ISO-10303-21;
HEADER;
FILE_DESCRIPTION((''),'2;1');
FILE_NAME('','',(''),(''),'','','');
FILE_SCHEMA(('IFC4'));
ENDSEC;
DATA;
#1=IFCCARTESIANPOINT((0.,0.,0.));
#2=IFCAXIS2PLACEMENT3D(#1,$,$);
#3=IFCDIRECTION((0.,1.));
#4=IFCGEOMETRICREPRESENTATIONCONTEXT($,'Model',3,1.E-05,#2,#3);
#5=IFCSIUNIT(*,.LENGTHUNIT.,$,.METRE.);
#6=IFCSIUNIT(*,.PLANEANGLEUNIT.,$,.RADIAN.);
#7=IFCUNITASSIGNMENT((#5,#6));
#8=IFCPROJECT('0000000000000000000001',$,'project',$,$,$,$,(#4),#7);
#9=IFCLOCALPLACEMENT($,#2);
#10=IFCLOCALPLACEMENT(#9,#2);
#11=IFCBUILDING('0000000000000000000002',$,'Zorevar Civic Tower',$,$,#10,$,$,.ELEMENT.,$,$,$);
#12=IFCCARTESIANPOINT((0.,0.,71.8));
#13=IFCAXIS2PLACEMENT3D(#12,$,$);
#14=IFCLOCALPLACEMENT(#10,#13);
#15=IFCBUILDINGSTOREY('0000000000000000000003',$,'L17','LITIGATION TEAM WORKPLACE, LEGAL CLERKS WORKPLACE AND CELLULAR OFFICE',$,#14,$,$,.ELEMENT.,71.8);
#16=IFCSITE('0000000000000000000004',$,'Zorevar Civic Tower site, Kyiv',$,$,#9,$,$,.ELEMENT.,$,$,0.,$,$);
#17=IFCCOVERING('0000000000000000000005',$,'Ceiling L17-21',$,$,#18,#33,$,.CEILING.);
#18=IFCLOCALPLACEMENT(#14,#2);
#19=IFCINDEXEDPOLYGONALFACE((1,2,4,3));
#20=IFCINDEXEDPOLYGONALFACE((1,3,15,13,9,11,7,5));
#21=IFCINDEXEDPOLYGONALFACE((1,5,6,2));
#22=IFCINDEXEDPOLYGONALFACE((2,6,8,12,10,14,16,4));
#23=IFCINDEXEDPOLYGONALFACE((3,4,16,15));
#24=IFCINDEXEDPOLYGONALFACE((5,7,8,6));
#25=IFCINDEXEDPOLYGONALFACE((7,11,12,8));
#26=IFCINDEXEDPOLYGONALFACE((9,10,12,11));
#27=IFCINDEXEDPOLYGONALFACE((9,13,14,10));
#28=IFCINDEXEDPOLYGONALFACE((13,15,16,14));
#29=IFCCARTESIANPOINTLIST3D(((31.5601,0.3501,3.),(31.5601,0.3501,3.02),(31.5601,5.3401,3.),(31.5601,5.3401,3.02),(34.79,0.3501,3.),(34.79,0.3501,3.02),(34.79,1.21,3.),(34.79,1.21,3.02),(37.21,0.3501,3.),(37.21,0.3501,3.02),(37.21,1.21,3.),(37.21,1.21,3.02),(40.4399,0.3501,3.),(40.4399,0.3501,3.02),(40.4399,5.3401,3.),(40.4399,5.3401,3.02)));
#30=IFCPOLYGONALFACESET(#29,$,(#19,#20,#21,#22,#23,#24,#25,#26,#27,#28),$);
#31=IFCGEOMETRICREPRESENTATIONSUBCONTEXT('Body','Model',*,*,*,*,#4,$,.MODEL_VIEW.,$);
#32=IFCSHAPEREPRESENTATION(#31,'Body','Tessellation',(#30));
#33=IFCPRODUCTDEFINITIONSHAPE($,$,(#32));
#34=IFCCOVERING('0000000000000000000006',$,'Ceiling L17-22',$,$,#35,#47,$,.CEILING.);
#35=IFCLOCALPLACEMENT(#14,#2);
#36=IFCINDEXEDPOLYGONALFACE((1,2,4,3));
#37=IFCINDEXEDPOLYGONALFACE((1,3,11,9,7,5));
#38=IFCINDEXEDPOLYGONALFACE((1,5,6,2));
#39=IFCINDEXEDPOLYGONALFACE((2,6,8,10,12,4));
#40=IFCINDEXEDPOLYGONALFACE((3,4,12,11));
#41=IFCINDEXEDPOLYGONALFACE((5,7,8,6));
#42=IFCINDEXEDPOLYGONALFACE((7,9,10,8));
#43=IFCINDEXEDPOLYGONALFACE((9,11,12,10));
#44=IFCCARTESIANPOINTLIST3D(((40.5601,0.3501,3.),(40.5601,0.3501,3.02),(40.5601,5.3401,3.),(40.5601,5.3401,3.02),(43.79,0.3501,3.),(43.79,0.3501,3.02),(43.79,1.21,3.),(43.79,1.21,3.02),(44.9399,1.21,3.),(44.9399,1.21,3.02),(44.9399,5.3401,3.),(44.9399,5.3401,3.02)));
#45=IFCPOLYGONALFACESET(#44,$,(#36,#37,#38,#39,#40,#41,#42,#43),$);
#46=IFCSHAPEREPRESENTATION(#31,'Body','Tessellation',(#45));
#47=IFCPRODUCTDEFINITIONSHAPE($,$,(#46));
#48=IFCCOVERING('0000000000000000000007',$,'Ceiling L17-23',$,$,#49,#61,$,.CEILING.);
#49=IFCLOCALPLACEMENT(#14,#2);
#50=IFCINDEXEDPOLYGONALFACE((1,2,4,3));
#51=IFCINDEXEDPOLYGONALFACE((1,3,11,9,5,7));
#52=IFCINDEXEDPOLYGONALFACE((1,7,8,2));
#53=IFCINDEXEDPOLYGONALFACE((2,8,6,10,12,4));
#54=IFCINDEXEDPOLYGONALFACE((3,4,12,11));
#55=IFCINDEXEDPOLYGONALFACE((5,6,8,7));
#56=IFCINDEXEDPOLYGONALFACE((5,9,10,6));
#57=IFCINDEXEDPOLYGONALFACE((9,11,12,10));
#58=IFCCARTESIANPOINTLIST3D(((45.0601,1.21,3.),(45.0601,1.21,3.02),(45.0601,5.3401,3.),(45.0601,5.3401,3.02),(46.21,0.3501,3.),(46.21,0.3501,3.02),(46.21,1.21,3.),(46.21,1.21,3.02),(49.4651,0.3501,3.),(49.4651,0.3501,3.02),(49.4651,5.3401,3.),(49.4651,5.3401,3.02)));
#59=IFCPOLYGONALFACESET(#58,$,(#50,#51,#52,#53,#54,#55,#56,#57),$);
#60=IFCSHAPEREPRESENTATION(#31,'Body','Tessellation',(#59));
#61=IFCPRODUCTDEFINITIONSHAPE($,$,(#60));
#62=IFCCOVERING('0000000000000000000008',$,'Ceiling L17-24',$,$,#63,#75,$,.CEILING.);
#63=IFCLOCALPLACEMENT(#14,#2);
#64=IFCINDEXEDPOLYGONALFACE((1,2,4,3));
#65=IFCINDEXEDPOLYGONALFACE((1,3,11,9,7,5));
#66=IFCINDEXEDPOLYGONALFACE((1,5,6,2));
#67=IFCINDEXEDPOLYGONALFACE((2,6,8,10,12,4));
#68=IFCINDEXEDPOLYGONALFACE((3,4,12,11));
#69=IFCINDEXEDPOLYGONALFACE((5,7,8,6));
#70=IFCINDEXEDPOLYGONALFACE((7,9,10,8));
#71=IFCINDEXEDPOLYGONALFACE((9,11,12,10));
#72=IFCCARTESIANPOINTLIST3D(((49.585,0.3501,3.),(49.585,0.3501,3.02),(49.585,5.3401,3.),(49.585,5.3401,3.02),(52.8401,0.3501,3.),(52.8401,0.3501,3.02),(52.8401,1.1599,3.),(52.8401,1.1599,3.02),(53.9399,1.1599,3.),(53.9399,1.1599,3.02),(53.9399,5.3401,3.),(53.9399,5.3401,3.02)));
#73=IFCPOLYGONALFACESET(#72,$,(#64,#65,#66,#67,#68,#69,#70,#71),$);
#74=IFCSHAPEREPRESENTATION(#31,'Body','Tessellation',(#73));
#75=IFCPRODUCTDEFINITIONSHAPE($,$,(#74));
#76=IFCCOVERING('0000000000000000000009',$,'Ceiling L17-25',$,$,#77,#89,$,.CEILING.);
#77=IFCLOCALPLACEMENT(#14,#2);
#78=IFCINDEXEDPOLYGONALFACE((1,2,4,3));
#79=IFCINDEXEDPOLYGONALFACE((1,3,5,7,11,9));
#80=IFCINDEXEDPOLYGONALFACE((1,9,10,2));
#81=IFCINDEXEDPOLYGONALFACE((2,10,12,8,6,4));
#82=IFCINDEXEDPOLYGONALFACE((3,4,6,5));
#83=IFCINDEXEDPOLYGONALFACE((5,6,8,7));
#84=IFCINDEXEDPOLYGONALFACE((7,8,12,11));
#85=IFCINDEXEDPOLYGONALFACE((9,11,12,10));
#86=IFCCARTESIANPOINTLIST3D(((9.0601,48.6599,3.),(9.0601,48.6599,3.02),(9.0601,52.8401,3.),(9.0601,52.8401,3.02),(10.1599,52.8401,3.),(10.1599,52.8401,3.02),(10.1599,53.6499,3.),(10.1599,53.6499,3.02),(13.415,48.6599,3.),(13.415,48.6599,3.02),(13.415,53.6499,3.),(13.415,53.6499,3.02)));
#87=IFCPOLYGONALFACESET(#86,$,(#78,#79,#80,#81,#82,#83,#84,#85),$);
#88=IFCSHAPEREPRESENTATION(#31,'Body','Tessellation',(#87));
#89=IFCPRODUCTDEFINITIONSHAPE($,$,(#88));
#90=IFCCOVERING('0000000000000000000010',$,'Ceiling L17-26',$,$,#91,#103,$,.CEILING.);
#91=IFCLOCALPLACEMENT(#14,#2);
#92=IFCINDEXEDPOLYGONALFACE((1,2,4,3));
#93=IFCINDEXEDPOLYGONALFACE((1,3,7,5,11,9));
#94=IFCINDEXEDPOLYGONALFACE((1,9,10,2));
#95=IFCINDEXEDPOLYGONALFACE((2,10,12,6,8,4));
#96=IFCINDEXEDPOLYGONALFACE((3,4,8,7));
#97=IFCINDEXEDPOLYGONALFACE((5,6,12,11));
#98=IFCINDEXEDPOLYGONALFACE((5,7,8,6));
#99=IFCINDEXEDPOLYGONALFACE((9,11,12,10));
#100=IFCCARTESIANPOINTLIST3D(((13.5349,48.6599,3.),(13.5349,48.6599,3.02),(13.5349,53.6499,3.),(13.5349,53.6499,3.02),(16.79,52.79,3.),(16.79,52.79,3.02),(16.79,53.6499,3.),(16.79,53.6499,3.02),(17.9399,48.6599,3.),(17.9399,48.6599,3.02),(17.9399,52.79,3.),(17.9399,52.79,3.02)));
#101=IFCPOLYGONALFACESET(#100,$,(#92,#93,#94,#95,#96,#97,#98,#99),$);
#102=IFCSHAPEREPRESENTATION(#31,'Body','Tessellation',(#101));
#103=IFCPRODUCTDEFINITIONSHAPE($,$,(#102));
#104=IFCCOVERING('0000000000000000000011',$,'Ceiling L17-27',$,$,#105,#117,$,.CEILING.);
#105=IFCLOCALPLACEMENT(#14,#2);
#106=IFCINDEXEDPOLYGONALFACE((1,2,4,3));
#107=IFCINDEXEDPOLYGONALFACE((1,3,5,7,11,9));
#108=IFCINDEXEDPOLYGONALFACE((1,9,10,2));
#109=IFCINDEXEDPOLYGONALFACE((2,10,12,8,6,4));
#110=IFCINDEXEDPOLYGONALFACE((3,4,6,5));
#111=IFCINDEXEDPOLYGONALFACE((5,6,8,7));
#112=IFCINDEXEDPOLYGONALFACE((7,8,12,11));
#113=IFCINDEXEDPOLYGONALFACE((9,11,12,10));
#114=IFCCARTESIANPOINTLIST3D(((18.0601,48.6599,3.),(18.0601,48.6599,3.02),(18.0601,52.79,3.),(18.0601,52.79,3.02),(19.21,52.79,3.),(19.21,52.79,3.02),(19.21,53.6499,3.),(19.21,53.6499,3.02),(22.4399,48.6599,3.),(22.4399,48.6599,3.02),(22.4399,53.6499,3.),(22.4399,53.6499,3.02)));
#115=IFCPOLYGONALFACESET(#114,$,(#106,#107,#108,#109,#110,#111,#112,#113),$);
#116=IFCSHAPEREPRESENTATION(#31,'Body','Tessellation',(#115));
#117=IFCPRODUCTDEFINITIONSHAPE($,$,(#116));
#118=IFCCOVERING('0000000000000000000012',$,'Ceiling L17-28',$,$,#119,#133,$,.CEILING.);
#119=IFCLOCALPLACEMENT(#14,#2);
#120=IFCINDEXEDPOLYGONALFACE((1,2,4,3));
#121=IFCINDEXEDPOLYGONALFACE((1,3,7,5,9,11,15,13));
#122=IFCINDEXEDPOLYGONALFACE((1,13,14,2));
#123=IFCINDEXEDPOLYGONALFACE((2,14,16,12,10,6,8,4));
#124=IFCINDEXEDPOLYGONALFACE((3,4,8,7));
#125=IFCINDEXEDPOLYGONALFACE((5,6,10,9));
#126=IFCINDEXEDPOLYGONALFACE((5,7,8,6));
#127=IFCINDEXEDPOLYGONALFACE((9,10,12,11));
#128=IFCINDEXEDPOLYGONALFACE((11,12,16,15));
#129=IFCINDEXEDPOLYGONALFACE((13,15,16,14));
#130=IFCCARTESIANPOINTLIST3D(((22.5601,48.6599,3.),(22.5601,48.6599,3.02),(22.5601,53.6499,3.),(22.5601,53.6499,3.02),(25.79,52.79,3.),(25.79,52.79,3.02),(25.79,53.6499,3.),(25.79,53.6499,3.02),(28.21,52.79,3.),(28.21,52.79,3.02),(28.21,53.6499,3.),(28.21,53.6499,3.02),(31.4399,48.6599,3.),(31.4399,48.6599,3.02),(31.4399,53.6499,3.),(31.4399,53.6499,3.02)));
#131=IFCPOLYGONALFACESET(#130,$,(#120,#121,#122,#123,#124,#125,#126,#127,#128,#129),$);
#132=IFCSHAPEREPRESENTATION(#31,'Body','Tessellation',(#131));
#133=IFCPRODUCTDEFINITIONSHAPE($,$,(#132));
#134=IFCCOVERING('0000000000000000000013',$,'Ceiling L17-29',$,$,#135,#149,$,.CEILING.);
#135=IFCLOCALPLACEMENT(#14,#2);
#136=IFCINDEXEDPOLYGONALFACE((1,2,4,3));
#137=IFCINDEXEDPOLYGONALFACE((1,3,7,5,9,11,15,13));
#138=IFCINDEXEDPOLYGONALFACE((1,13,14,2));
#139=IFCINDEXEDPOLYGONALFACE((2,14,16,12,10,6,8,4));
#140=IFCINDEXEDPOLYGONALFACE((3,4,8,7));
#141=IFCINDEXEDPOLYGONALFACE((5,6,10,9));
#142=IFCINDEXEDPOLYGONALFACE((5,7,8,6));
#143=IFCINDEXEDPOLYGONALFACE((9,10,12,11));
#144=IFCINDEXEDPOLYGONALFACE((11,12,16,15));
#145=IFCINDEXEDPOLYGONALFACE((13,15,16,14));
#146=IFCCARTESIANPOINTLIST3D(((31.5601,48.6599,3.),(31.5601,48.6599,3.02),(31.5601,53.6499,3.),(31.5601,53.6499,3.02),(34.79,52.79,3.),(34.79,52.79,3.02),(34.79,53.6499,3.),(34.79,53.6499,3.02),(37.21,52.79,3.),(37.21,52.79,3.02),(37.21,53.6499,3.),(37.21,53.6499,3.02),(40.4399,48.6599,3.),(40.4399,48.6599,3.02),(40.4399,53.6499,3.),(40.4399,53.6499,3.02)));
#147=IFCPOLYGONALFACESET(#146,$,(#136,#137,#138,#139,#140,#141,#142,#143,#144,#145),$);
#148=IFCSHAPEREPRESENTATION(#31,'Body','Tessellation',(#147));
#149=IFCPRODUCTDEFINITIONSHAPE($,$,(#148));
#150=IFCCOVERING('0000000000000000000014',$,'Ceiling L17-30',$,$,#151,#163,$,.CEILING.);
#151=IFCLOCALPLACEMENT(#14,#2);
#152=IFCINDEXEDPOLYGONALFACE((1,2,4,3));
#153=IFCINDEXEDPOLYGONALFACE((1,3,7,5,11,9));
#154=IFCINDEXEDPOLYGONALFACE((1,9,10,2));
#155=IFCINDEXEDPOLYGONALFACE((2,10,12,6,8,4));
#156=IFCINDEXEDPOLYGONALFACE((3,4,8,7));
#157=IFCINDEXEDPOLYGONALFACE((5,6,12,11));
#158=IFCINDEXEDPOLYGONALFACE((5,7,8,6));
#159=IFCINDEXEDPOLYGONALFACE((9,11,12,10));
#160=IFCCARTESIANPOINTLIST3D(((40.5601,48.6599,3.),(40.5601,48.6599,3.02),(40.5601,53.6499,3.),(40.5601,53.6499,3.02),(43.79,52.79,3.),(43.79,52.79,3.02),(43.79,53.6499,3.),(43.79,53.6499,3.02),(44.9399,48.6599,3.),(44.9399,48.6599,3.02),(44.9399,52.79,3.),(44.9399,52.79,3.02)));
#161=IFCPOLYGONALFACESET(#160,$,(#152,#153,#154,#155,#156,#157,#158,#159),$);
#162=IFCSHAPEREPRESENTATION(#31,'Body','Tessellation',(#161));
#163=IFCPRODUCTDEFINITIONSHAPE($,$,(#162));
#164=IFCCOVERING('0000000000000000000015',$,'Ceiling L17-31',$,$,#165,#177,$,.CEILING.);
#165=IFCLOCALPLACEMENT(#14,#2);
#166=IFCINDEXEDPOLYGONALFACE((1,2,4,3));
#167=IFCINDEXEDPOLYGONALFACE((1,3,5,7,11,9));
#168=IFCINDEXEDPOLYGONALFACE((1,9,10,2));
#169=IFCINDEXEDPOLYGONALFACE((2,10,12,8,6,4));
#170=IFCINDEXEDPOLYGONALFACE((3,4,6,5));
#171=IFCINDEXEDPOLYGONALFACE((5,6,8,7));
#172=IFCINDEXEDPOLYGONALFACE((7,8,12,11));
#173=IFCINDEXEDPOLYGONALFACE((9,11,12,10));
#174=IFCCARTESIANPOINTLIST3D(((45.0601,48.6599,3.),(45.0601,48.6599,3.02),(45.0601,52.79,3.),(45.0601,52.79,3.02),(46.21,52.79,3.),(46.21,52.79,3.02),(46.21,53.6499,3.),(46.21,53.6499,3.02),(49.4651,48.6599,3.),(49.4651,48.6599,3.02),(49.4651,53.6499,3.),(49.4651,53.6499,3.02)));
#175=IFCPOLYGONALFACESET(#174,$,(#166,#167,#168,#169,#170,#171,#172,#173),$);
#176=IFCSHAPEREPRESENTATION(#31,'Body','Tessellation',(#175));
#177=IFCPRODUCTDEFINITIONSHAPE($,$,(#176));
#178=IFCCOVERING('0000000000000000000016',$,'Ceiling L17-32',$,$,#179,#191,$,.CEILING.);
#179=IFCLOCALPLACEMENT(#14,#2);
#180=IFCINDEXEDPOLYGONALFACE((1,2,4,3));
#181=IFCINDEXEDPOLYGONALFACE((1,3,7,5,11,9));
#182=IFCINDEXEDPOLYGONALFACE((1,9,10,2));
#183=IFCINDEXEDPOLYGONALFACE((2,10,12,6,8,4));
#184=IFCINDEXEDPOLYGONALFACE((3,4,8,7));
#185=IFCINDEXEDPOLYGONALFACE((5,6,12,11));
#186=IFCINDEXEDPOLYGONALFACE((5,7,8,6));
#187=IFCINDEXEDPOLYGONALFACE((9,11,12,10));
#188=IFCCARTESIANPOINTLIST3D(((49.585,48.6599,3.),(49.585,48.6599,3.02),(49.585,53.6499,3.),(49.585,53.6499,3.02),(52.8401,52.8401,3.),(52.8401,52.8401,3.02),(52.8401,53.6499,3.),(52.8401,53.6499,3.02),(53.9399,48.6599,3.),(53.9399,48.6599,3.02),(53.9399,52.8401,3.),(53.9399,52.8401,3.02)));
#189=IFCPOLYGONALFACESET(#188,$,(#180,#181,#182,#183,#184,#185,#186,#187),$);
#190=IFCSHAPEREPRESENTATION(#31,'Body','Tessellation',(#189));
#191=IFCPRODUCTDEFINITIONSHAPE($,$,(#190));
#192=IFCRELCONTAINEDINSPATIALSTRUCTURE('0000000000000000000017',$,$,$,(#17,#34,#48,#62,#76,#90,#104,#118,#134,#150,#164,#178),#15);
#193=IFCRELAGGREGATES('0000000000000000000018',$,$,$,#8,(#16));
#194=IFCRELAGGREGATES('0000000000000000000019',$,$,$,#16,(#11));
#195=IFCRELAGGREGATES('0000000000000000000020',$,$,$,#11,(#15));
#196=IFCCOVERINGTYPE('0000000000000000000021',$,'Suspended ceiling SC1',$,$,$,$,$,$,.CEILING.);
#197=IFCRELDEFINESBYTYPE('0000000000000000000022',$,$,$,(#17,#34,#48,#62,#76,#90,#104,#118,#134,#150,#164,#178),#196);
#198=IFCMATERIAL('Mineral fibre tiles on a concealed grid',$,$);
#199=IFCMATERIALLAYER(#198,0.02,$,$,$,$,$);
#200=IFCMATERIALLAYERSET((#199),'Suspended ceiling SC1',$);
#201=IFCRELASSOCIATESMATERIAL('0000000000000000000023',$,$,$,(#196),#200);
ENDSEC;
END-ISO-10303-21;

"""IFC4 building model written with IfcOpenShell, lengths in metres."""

from ifc_helpers import new_model, si_unit, direction, frame, origin, place, context, subcontext, project, spatial, polyline, outline, extrude, material, layer, layer_set, type_object, element, save


model = new_model("IFC4")

# Units and contexts
model_context = context("Model", 3, precision=1e-05, world=origin(), true_north=direction((0.0, 1.0)))
body_context = subcontext(model_context, "Body", "Model", "MODEL_VIEW")
ifc_project = project(units=[si_unit("LENGTHUNIT", "METRE"), si_unit("PLANEANGLEUNIT", "RADIAN")], contexts=[model_context])

# Site, building, storey
site_placement = place(None, origin())
site = spatial("IfcSite", under=ifc_project, at=site_placement, Name="Zorevar Civic Tower site, Kyiv", CompositionType="ELEMENT", RefElevation=0.0)
building_placement = place(site_placement, origin())
building = spatial("IfcBuilding", under=site, at=building_placement, Name="Zorevar Civic Tower", CompositionType="ELEMENT")
storey_placement = place(building_placement, frame((0.0, 0.0, 71.8)))
storey = spatial("IfcBuildingStorey", under=building, at=storey_placement, Name="L17", Description="LITIGATION TEAM WORKPLACE, LEGAL CLERKS WORKPLACE AND CELLULAR OFFICE", CompositionType="ELEMENT", Elevation=71.8)

# Coverings
ifc_material_1 = material(Name="Mineral fibre tiles on a concealed grid")
ifc_layer_1 = layer(ifc_material_1, 0.02)
ifc_layer_set_1 = layer_set([ifc_layer_1], Name="Suspended ceiling SC1")
covering_type_1 = type_object("IfcCoveringType", Name="Suspended ceiling SC1", PredefinedType="CEILING", material=ifc_layer_set_1)
covering_1_placement = place(storey_placement, frame((0.0, 0.0, 3.0)))
element("IfcCovering", 1, at=covering_1_placement, inside=storey, type_object=covering_type_1, Name="Ceiling L17-21", PredefinedType="CEILING", context=body_context, shape_type="SweptSolid", body=[
    extrude(outline(polyline([(40.4399, 5.3401), (40.4399, 0.3501), (37.21, 0.3501), (37.21, 1.21), (34.79, 1.21), (34.79, 0.3501), (31.5601, 0.3501), (31.5601, 5.3401), (40.4399, 5.3401)])), origin(), (0.0, 0.0, 1.0), 0.02),
])
covering_2_placement = place(storey_placement, frame((0.0, 0.0, 3.0)))
element("IfcCovering", 2, at=covering_2_placement, inside=storey, type_object=covering_type_1, Name="Ceiling L17-22", PredefinedType="CEILING", context=body_context, shape_type="SweptSolid", body=[
    extrude(outline(polyline([(44.9399, 5.3401), (44.9399, 1.21), (43.79, 1.21), (43.79, 0.3501), (40.5601, 0.3501), (40.5601, 5.3401), (44.9399, 5.3401)])), origin(), (0.0, 0.0, 1.0), 0.02),
])
covering_3_placement = place(storey_placement, frame((0.0, 0.0, 3.0)))
element("IfcCovering", 3, at=covering_3_placement, inside=storey, type_object=covering_type_1, Name="Ceiling L17-23", PredefinedType="CEILING", context=body_context, shape_type="SweptSolid", body=[
    extrude(outline(polyline([(49.4651, 5.3401), (49.4651, 0.3501), (46.21, 0.3501), (46.21, 1.21), (45.0601, 1.21), (45.0601, 5.3401), (49.4651, 5.3401)])), origin(), (0.0, 0.0, 1.0), 0.02),
])
covering_4_placement = place(storey_placement, frame((0.0, 0.0, 3.0)))
element("IfcCovering", 4, at=covering_4_placement, inside=storey, type_object=covering_type_1, Name="Ceiling L17-24", PredefinedType="CEILING", context=body_context, shape_type="SweptSolid", body=[
    extrude(outline(polyline([(53.9399, 5.3401), (53.9399, 1.1599), (52.8401, 1.1599), (52.8401, 0.3501), (49.585, 0.3501), (49.585, 5.3401), (53.9399, 5.3401)])), origin(), (0.0, 0.0, 1.0), 0.02),
])
covering_5_placement = place(storey_placement, frame((0.0, 0.0, 3.0)))
element("IfcCovering", 5, at=covering_5_placement, inside=storey, type_object=covering_type_1, Name="Ceiling L17-25", PredefinedType="CEILING", context=body_context, shape_type="SweptSolid", body=[
    extrude(outline(polyline([(9.0601, 48.6599), (9.0601, 52.8401), (10.1599, 52.8401), (10.1599, 53.6499), (13.415, 53.6499), (13.415, 48.6599), (9.0601, 48.6599)])), origin(), (0.0, 0.0, 1.0), 0.02),
])
covering_6_placement = place(storey_placement, frame((0.0, 0.0, 3.0)))
element("IfcCovering", 6, at=covering_6_placement, inside=storey, type_object=covering_type_1, Name="Ceiling L17-26", PredefinedType="CEILING", context=body_context, shape_type="SweptSolid", body=[
    extrude(outline(polyline([(13.5349, 48.6599), (13.5349, 53.6499), (16.79, 53.6499), (16.79, 52.79), (17.9399, 52.79), (17.9399, 48.6599), (13.5349, 48.6599)])), origin(), (0.0, 0.0, 1.0), 0.02),
])
covering_7_placement = place(storey_placement, frame((0.0, 0.0, 3.0)))
element("IfcCovering", 7, at=covering_7_placement, inside=storey, type_object=covering_type_1, Name="Ceiling L17-27", PredefinedType="CEILING", context=body_context, shape_type="SweptSolid", body=[
    extrude(outline(polyline([(18.0601, 48.6599), (18.0601, 52.79), (19.21, 52.79), (19.21, 53.6499), (22.4399, 53.6499), (22.4399, 48.6599), (18.0601, 48.6599)])), origin(), (0.0, 0.0, 1.0), 0.02),
])
covering_8_placement = place(storey_placement, frame((0.0, 0.0, 3.0)))
element("IfcCovering", 8, at=covering_8_placement, inside=storey, type_object=covering_type_1, Name="Ceiling L17-28", PredefinedType="CEILING", context=body_context, shape_type="SweptSolid", body=[
    extrude(outline(polyline([(22.5601, 48.6599), (22.5601, 53.6499), (25.79, 53.6499), (25.79, 52.79), (28.21, 52.79), (28.21, 53.6499), (31.4399, 53.6499), (31.4399, 48.6599), (22.5601, 48.6599)])), origin(), (0.0, 0.0, 1.0), 0.02),
])
covering_9_placement = place(storey_placement, frame((0.0, 0.0, 3.0)))
element("IfcCovering", 9, at=covering_9_placement, inside=storey, type_object=covering_type_1, Name="Ceiling L17-29", PredefinedType="CEILING", context=body_context, shape_type="SweptSolid", body=[
    extrude(outline(polyline([(31.5601, 48.6599), (31.5601, 53.6499), (34.79, 53.6499), (34.79, 52.79), (37.21, 52.79), (37.21, 53.6499), (40.4399, 53.6499), (40.4399, 48.6599), (31.5601, 48.6599)])), origin(), (0.0, 0.0, 1.0), 0.02),
])
covering_10_placement = place(storey_placement, frame((0.0, 0.0, 3.0)))
element("IfcCovering", 10, at=covering_10_placement, inside=storey, type_object=covering_type_1, Name="Ceiling L17-30", PredefinedType="CEILING", context=body_context, shape_type="SweptSolid", body=[
    extrude(outline(polyline([(40.5601, 48.6599), (40.5601, 53.6499), (43.79, 53.6499), (43.79, 52.79), (44.9399, 52.79), (44.9399, 48.6599), (40.5601, 48.6599)])), origin(), (0.0, 0.0, 1.0), 0.02),
])
covering_11_placement = place(storey_placement, frame((0.0, 0.0, 3.0)))
element("IfcCovering", 11, at=covering_11_placement, inside=storey, type_object=covering_type_1, Name="Ceiling L17-31", PredefinedType="CEILING", context=body_context, shape_type="SweptSolid", body=[
    extrude(outline(polyline([(45.0601, 48.6599), (45.0601, 52.79), (46.21, 52.79), (46.21, 53.6499), (49.4651, 53.6499), (49.4651, 48.6599), (45.0601, 48.6599)])), origin(), (0.0, 0.0, 1.0), 0.02),
])
covering_12_placement = place(storey_placement, frame((0.0, 0.0, 3.0)))
element("IfcCovering", 12, at=covering_12_placement, inside=storey, type_object=covering_type_1, Name="Ceiling L17-32", PredefinedType="CEILING", context=body_context, shape_type="SweptSolid", body=[
    extrude(outline(polyline([(49.585, 48.6599), (49.585, 53.6499), (52.8401, 53.6499), (52.8401, 52.8401), (53.9399, 52.8401), (53.9399, 48.6599), (49.585, 48.6599)])), origin(), (0.0, 0.0, 1.0), 0.02),
])

save(model, "model.ifc")
